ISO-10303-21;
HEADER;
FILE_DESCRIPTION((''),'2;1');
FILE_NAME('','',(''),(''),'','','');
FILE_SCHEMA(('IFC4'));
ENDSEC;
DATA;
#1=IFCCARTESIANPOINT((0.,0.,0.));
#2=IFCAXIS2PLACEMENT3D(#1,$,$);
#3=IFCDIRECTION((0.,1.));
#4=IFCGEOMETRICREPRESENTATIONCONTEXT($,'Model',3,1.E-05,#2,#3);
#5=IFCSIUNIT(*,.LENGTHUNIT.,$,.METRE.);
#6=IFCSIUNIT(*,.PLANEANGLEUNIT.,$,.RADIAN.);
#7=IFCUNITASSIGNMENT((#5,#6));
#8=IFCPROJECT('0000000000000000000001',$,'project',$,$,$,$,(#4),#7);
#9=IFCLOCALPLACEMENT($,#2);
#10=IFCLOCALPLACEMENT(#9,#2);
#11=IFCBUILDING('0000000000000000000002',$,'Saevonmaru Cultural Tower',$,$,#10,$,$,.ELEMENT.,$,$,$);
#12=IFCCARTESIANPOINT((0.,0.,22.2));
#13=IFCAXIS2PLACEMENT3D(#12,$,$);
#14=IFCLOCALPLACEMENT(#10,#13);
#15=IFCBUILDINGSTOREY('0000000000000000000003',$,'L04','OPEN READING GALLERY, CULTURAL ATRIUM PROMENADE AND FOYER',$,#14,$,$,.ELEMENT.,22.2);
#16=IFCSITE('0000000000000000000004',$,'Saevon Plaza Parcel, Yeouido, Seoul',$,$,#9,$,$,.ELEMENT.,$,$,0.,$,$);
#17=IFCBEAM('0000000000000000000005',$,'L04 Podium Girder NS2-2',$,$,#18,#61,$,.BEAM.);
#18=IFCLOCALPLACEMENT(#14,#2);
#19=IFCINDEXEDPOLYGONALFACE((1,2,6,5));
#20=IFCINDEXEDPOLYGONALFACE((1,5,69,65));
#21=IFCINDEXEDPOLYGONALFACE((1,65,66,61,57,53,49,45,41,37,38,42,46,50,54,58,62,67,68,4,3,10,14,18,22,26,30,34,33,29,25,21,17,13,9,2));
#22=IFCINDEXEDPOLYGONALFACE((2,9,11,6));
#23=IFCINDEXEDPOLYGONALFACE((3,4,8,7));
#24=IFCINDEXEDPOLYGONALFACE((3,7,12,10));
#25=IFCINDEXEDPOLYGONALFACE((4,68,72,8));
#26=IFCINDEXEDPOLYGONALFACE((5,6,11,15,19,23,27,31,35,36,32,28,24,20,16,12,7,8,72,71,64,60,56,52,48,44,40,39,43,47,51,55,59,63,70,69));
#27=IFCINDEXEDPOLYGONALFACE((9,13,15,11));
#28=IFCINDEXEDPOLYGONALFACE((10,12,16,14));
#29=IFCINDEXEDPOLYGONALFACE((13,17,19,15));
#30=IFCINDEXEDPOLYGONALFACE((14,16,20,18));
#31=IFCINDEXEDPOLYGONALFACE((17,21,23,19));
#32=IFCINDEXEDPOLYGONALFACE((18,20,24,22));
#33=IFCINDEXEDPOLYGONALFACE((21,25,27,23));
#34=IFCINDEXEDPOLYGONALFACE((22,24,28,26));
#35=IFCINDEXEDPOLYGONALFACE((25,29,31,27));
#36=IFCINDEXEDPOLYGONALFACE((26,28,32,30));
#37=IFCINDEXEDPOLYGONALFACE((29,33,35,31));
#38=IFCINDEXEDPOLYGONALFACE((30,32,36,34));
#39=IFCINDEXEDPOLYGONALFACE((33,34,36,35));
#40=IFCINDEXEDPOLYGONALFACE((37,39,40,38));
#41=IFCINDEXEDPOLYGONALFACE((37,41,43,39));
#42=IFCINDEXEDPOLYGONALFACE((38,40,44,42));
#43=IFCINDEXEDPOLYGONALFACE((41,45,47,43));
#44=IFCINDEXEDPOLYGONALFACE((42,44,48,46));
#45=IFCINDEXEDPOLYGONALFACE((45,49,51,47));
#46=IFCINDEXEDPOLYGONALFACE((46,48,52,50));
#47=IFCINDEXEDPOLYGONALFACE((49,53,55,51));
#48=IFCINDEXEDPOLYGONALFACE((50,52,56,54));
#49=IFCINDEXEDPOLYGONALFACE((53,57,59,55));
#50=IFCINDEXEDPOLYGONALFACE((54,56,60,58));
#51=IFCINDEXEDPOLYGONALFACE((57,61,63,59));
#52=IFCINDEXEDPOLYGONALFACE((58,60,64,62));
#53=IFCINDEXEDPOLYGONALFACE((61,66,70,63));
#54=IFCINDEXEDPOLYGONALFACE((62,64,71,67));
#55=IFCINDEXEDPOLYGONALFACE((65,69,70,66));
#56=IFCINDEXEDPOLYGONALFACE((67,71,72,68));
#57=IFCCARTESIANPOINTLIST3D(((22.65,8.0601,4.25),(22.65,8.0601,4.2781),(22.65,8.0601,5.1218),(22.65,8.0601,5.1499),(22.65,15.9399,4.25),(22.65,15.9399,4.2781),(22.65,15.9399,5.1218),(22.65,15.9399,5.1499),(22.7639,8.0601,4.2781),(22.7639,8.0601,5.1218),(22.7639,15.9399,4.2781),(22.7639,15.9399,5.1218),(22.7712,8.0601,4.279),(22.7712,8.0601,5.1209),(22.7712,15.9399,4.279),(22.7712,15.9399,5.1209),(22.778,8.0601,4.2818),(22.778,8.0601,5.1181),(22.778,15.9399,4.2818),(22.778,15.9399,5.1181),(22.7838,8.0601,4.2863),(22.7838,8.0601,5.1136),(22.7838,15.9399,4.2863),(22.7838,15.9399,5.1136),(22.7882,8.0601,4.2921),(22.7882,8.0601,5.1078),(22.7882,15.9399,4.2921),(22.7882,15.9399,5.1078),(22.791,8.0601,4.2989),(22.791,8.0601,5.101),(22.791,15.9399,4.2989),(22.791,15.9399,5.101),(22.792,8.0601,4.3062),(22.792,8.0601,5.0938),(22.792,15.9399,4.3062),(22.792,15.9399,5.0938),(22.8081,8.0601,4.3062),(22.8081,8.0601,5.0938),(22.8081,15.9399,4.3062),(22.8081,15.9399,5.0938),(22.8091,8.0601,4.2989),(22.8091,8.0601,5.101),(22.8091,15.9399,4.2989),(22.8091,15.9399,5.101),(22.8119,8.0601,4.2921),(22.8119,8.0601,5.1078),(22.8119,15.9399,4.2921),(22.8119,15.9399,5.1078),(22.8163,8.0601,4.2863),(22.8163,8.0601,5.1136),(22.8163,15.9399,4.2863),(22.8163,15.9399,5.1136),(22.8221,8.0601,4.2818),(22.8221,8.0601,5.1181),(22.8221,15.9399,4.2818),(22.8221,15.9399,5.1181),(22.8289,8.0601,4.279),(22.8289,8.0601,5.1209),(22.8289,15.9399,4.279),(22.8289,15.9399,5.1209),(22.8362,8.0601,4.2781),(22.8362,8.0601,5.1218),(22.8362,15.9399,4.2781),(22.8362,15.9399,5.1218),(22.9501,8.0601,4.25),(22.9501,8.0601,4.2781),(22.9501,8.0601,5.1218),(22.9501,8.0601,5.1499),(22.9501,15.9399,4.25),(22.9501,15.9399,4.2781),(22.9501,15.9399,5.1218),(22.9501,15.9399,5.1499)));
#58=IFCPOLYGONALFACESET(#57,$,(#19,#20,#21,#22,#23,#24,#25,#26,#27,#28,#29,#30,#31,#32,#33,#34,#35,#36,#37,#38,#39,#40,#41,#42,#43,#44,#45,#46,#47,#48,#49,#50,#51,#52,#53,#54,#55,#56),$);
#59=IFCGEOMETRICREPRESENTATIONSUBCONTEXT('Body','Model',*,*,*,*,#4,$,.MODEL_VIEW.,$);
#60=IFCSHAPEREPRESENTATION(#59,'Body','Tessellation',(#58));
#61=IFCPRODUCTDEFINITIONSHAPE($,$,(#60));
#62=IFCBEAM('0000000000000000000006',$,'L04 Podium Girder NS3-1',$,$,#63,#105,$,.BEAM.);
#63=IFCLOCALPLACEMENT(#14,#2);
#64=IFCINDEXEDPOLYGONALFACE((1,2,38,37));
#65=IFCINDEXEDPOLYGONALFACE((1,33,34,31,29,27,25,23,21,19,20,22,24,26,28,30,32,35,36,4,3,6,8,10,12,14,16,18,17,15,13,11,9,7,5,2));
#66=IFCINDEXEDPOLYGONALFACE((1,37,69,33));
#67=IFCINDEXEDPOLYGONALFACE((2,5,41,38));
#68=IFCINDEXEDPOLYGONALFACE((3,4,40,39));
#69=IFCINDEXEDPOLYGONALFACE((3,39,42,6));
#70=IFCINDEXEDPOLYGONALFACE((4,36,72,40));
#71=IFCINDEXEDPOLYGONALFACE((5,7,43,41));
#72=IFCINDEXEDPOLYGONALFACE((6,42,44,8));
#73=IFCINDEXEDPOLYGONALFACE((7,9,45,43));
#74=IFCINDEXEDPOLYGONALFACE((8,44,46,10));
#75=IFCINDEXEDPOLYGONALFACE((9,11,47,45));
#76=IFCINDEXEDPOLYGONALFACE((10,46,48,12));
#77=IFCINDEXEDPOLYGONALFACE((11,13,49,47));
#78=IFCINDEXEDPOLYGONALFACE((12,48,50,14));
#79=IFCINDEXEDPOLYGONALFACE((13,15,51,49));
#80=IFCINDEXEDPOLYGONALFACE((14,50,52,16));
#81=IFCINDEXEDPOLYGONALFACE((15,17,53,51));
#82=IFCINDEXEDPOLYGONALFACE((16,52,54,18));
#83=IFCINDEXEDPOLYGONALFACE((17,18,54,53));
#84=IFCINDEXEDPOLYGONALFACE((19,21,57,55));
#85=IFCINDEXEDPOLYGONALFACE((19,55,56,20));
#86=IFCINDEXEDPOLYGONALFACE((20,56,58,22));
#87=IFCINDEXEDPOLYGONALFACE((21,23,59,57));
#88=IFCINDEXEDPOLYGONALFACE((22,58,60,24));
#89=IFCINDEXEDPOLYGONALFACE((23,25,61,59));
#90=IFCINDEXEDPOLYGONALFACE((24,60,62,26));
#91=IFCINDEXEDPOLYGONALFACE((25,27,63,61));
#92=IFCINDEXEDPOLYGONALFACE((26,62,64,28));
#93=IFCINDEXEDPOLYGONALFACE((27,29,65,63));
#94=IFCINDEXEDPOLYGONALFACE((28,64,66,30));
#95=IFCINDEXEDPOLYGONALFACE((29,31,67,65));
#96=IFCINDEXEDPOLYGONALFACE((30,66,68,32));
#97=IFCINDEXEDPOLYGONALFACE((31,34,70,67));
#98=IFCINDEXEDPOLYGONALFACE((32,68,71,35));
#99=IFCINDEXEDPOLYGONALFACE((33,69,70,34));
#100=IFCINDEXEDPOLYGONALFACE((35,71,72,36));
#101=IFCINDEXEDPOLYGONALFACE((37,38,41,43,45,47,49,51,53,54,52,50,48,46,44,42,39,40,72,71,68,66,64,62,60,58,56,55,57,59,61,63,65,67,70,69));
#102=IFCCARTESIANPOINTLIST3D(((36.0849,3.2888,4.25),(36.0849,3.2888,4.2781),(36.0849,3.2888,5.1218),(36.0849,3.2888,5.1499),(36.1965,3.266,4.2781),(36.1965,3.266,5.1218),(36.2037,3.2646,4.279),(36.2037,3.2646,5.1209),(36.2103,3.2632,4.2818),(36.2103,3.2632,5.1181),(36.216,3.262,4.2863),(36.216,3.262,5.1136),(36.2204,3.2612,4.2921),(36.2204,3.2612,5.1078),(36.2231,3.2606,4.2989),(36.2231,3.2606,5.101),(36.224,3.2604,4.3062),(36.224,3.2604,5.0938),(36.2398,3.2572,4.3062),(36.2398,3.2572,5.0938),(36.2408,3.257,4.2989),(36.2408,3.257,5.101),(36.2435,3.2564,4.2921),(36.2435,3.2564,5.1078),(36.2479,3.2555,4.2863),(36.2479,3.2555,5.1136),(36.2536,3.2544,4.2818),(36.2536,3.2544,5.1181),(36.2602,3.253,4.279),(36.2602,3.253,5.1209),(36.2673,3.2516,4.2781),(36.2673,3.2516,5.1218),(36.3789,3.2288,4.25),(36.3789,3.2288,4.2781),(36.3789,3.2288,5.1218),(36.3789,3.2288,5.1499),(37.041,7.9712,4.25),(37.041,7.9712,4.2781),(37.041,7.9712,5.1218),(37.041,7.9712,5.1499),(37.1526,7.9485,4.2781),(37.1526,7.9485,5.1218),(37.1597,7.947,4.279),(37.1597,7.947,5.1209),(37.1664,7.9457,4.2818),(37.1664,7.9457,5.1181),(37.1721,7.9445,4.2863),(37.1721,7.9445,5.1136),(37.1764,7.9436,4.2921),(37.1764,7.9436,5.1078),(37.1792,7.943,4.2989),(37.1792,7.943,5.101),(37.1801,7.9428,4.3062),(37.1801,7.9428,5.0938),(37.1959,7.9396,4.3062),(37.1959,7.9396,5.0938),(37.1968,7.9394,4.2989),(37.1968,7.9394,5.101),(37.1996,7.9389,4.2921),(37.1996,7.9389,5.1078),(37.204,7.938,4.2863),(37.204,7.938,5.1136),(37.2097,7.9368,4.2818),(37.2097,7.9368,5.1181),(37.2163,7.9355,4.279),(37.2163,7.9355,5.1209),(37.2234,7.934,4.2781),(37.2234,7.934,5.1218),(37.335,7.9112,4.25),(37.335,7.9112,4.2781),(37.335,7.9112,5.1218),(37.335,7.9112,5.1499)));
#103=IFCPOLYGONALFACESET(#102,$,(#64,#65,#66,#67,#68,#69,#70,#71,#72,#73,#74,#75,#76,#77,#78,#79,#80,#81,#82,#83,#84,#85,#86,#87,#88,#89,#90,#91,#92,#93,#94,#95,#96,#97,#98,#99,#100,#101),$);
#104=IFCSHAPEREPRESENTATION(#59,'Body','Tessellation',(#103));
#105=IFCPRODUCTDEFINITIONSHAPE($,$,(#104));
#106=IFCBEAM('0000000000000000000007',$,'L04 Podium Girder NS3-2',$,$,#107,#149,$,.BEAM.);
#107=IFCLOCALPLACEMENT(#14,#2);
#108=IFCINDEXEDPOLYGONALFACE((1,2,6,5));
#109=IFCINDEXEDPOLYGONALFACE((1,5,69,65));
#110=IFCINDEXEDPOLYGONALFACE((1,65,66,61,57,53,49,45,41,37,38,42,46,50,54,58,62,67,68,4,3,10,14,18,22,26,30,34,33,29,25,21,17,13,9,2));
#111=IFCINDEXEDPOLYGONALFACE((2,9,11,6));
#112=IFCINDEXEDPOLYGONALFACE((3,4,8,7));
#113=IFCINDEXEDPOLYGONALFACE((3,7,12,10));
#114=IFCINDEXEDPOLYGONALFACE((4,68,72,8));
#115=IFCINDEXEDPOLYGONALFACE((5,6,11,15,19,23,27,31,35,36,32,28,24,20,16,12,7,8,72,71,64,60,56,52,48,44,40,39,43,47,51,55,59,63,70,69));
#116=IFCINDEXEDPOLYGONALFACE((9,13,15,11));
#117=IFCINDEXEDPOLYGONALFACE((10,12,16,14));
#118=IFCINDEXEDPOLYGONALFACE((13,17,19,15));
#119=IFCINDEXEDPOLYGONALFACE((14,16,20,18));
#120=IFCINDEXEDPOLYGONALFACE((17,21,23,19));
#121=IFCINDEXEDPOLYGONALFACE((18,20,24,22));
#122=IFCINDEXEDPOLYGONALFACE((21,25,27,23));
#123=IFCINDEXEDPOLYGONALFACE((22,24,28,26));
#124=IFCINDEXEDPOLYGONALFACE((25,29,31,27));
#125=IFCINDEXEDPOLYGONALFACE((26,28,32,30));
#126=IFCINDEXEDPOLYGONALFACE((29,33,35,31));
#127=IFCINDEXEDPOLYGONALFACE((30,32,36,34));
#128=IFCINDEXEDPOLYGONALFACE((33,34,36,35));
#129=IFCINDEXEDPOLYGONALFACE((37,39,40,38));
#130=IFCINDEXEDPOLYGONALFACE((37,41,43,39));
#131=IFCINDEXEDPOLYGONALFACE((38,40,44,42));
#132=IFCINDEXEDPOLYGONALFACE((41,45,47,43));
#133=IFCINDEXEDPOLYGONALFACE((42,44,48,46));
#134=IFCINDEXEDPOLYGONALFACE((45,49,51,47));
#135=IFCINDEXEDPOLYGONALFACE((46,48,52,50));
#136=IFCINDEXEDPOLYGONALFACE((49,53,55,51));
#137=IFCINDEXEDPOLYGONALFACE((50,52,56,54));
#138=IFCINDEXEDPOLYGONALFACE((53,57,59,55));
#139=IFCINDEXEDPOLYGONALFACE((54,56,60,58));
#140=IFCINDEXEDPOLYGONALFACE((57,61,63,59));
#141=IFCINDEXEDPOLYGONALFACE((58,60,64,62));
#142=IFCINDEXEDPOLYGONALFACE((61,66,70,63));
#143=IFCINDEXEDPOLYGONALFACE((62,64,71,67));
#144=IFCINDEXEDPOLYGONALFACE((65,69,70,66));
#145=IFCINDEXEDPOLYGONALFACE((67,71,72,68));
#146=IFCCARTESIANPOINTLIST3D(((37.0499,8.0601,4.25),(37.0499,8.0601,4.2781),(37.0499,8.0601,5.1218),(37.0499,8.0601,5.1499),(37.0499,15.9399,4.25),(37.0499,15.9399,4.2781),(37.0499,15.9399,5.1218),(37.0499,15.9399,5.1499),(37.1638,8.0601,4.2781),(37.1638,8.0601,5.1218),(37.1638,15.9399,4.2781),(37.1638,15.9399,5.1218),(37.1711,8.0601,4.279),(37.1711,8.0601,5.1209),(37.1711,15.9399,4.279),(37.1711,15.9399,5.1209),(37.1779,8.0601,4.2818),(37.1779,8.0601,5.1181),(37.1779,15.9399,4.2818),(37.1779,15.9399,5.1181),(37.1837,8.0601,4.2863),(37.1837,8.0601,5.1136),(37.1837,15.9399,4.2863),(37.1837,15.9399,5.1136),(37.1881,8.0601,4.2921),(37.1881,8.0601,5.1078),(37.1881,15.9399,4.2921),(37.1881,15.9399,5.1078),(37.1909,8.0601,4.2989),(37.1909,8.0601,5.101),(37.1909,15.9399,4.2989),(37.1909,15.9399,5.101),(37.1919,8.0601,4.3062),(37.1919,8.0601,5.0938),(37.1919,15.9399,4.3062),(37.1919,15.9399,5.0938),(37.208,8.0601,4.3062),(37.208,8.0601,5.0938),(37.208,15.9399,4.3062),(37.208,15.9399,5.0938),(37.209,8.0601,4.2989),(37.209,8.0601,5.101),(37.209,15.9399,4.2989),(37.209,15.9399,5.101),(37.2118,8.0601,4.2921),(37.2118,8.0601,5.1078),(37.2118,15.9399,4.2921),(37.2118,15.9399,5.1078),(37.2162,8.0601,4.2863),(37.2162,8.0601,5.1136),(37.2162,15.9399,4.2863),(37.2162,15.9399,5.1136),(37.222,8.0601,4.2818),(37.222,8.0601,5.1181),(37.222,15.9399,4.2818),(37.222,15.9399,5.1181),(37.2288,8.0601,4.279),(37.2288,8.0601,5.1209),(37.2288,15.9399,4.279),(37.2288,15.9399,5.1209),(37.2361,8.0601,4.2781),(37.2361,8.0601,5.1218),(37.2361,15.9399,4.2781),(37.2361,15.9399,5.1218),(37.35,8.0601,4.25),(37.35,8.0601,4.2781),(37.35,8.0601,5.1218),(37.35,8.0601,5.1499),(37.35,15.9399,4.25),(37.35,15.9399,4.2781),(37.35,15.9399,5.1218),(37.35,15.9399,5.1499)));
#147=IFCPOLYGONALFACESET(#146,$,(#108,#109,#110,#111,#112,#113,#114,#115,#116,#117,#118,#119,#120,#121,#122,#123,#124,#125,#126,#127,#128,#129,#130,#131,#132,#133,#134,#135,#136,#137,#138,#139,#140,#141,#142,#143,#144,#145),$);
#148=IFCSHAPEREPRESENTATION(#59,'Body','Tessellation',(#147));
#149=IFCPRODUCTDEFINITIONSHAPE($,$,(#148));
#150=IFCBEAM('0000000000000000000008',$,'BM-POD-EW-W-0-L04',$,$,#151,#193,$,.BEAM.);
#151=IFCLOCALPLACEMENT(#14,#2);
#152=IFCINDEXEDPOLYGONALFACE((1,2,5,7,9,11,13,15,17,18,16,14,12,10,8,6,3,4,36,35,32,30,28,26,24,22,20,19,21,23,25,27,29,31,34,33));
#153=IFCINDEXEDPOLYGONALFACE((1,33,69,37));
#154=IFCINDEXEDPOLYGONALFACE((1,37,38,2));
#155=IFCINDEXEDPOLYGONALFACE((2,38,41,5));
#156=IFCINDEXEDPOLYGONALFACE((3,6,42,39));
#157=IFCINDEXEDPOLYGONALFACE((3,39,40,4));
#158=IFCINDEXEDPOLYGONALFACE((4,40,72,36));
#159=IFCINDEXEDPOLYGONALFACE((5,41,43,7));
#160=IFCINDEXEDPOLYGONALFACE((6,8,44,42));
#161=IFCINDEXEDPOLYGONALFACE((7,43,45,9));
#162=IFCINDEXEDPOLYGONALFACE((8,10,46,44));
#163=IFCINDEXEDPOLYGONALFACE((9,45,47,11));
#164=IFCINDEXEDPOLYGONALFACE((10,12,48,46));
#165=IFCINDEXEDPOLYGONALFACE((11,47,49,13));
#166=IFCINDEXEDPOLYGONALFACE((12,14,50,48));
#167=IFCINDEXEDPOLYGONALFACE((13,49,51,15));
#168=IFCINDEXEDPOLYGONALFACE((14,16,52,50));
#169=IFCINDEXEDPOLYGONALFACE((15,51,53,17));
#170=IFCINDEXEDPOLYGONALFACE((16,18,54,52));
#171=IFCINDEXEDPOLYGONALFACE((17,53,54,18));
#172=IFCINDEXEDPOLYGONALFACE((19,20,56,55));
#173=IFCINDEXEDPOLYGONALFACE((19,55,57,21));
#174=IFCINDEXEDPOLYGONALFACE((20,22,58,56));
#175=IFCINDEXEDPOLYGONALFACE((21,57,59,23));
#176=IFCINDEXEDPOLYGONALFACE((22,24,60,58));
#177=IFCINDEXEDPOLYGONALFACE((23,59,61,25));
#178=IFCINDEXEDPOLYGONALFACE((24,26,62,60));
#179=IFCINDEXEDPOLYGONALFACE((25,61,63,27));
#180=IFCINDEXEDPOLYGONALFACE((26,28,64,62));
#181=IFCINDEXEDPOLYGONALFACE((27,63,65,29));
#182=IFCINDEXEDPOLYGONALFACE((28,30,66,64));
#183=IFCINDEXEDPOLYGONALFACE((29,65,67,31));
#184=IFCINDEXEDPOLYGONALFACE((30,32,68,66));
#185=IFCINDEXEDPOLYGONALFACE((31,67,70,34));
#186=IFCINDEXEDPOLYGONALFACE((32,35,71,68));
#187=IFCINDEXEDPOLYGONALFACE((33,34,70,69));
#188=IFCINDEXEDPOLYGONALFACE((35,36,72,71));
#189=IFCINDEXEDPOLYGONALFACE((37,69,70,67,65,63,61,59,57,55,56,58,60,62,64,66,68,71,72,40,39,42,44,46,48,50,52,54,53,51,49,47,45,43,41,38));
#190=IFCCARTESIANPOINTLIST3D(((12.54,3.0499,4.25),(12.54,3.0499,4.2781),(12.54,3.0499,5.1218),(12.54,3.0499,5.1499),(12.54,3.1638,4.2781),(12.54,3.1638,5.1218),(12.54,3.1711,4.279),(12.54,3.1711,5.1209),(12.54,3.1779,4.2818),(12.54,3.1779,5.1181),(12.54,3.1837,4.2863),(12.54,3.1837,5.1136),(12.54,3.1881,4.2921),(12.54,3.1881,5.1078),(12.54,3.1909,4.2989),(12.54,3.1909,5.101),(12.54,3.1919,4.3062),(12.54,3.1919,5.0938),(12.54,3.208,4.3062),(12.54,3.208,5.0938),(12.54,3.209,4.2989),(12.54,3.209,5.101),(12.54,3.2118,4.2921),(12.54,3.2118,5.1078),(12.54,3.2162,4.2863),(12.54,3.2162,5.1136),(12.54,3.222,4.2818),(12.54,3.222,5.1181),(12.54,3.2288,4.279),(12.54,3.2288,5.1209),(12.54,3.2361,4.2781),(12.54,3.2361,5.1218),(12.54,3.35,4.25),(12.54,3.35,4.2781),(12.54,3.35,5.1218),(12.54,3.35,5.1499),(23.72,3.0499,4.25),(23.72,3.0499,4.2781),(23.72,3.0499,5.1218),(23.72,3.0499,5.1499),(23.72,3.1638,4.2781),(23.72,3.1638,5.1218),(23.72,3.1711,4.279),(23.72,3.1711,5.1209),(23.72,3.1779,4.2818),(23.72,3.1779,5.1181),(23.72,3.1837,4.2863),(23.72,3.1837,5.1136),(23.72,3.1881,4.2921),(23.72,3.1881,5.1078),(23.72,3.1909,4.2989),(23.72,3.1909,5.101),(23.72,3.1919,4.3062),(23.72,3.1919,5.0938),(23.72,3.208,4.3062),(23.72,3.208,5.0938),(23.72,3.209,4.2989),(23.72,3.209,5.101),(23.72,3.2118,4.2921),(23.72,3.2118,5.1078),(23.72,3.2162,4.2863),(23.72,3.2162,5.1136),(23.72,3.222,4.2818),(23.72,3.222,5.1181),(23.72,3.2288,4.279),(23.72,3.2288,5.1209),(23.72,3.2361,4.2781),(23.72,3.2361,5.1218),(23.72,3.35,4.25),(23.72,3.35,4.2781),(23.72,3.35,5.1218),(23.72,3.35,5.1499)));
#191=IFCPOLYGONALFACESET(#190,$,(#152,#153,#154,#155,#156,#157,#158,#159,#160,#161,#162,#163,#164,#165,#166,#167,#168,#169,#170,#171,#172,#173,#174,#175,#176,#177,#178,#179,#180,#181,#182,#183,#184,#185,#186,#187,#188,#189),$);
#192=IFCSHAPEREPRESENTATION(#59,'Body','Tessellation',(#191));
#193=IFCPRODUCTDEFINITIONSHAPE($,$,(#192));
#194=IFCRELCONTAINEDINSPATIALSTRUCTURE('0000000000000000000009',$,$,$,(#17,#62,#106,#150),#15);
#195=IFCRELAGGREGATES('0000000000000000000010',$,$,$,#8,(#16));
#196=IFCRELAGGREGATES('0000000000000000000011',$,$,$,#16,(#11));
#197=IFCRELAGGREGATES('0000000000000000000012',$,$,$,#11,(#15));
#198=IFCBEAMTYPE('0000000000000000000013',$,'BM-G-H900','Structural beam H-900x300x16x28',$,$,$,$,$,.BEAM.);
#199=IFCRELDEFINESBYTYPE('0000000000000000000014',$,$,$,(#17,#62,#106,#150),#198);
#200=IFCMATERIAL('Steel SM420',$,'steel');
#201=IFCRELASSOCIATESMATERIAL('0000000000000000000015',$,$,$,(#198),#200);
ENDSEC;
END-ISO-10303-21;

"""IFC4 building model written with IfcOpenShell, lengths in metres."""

from ifc_helpers import new_model, si_unit, direction, frame, origin, origin_2d, place, context, subcontext, project, spatial, i_section, extrude, material, material_profile, profile_set, type_object, element, save


model = new_model("IFC4")

# Units and contexts
model_context = context("Model", 3, precision=1e-05, world=origin(), true_north=direction((0.0, 1.0)))
body_context = subcontext(model_context, "Body", "Model", "MODEL_VIEW")
ifc_project = project(units=[si_unit("LENGTHUNIT", "METRE"), si_unit("PLANEANGLEUNIT", "RADIAN")], contexts=[model_context])

# Site, building, storey
site_placement = place(None, origin())
site = spatial("IfcSite", under=ifc_project, at=site_placement, Name="Saevon Plaza Parcel, Yeouido, Seoul", CompositionType="ELEMENT", RefElevation=0.0)
building_placement = place(site_placement, origin())
building = spatial("IfcBuilding", under=site, at=building_placement, Name="Saevonmaru Cultural Tower", CompositionType="ELEMENT")
storey_placement = place(building_placement, frame((0.0, 0.0, 22.2)))
storey = spatial("IfcBuildingStorey", under=building, at=storey_placement, Name="L04", Description="OPEN READING GALLERY, CULTURAL ATRIUM PROMENADE AND FOYER", CompositionType="ELEMENT", Elevation=22.2)

# Shared definitions
ifc_material_1 = material(Name="Steel SM420", Category="steel")

# Beams
ifc_material_profile_1 = material_profile(ifc_material_1, i_section(OverallWidth=0.3, OverallDepth=0.8999, WebThickness=0.0161, FlangeThickness=0.0281, FilletRadius=0.0281, at=origin_2d()), Name="H-900x300x16x28")
ifc_profile_set_1 = profile_set([ifc_material_profile_1], Name="Steel SM420")
beam_type_1 = type_object("IfcBeamType", Name="BM-G-H900", Description="Structural beam H-900x300x16x28", PredefinedType="BEAM", material=ifc_profile_set_1)
beam_1_placement = place(storey_placement, frame((22.8, 8.0601, 4.7), z_axis=(0.0, 1.0, 0.0), x_axis=(-1.0, 0.0, 0.0)))
element("IfcBeam", 1, at=beam_1_placement, inside=storey, type_object=beam_type_1, Name="L04 Podium Girder NS2-2", PredefinedType="BEAM", context=body_context, shape_type="SweptSolid", body=[
    extrude(i_section(OverallWidth=0.3, OverallDepth=0.8999, WebThickness=0.0161, FlangeThickness=0.0281, FilletRadius=0.0281, at=origin_2d()), origin(), (0.0, 0.0, 1.0), 7.8799),
])
beam_2_placement = place(storey_placement, frame((36.2319, 3.2588, 4.7), z_axis=(0.200054, 0.979785, 0.0), x_axis=(-0.979785, 0.200054, 0.0)))
element("IfcBeam", 2, at=beam_2_placement, inside=storey, type_object=beam_type_1, Name="L04 Podium Girder NS3-1", PredefinedType="BEAM", context=body_context, shape_type="SweptSolid", body=[
    extrude(i_section(OverallWidth=0.3, OverallDepth=0.8999, WebThickness=0.0161, FlangeThickness=0.0281, FilletRadius=0.0281, at=origin_2d()), origin(), (0.0, 0.0, 1.0), 4.7791),
])
beam_3_placement = place(storey_placement, frame((37.2, 8.0601, 4.7), z_axis=(0.0, 1.0, 0.0), x_axis=(-1.0, 0.0, 0.0)))
element("IfcBeam", 3, at=beam_3_placement, inside=storey, type_object=beam_type_1, Name="L04 Podium Girder NS3-2", PredefinedType="BEAM", context=body_context, shape_type="SweptSolid", body=[
    extrude(i_section(OverallWidth=0.3, OverallDepth=0.8999, WebThickness=0.0161, FlangeThickness=0.0281, FilletRadius=0.0281, at=origin_2d()), origin(), (0.0, 0.0, 1.0), 7.8799),
])
beam_4_placement = place(storey_placement, frame((12.54, 3.2, 4.7), z_axis=(1.0, 0.0, 0.0), x_axis=(0.0, 1.0, 0.0)))
element("IfcBeam", 4, at=beam_4_placement, inside=storey, type_object=beam_type_1, Name="BM-POD-EW-W-0-L04", PredefinedType="BEAM", context=body_context, shape_type="SweptSolid", body=[
    extrude(i_section(OverallWidth=0.3, OverallDepth=0.8999, WebThickness=0.0161, FlangeThickness=0.0281, FilletRadius=0.0281, at=origin_2d()), origin(), (0.0, 0.0, 1.0), 11.1799),
])

save(model, "model.ifc")
